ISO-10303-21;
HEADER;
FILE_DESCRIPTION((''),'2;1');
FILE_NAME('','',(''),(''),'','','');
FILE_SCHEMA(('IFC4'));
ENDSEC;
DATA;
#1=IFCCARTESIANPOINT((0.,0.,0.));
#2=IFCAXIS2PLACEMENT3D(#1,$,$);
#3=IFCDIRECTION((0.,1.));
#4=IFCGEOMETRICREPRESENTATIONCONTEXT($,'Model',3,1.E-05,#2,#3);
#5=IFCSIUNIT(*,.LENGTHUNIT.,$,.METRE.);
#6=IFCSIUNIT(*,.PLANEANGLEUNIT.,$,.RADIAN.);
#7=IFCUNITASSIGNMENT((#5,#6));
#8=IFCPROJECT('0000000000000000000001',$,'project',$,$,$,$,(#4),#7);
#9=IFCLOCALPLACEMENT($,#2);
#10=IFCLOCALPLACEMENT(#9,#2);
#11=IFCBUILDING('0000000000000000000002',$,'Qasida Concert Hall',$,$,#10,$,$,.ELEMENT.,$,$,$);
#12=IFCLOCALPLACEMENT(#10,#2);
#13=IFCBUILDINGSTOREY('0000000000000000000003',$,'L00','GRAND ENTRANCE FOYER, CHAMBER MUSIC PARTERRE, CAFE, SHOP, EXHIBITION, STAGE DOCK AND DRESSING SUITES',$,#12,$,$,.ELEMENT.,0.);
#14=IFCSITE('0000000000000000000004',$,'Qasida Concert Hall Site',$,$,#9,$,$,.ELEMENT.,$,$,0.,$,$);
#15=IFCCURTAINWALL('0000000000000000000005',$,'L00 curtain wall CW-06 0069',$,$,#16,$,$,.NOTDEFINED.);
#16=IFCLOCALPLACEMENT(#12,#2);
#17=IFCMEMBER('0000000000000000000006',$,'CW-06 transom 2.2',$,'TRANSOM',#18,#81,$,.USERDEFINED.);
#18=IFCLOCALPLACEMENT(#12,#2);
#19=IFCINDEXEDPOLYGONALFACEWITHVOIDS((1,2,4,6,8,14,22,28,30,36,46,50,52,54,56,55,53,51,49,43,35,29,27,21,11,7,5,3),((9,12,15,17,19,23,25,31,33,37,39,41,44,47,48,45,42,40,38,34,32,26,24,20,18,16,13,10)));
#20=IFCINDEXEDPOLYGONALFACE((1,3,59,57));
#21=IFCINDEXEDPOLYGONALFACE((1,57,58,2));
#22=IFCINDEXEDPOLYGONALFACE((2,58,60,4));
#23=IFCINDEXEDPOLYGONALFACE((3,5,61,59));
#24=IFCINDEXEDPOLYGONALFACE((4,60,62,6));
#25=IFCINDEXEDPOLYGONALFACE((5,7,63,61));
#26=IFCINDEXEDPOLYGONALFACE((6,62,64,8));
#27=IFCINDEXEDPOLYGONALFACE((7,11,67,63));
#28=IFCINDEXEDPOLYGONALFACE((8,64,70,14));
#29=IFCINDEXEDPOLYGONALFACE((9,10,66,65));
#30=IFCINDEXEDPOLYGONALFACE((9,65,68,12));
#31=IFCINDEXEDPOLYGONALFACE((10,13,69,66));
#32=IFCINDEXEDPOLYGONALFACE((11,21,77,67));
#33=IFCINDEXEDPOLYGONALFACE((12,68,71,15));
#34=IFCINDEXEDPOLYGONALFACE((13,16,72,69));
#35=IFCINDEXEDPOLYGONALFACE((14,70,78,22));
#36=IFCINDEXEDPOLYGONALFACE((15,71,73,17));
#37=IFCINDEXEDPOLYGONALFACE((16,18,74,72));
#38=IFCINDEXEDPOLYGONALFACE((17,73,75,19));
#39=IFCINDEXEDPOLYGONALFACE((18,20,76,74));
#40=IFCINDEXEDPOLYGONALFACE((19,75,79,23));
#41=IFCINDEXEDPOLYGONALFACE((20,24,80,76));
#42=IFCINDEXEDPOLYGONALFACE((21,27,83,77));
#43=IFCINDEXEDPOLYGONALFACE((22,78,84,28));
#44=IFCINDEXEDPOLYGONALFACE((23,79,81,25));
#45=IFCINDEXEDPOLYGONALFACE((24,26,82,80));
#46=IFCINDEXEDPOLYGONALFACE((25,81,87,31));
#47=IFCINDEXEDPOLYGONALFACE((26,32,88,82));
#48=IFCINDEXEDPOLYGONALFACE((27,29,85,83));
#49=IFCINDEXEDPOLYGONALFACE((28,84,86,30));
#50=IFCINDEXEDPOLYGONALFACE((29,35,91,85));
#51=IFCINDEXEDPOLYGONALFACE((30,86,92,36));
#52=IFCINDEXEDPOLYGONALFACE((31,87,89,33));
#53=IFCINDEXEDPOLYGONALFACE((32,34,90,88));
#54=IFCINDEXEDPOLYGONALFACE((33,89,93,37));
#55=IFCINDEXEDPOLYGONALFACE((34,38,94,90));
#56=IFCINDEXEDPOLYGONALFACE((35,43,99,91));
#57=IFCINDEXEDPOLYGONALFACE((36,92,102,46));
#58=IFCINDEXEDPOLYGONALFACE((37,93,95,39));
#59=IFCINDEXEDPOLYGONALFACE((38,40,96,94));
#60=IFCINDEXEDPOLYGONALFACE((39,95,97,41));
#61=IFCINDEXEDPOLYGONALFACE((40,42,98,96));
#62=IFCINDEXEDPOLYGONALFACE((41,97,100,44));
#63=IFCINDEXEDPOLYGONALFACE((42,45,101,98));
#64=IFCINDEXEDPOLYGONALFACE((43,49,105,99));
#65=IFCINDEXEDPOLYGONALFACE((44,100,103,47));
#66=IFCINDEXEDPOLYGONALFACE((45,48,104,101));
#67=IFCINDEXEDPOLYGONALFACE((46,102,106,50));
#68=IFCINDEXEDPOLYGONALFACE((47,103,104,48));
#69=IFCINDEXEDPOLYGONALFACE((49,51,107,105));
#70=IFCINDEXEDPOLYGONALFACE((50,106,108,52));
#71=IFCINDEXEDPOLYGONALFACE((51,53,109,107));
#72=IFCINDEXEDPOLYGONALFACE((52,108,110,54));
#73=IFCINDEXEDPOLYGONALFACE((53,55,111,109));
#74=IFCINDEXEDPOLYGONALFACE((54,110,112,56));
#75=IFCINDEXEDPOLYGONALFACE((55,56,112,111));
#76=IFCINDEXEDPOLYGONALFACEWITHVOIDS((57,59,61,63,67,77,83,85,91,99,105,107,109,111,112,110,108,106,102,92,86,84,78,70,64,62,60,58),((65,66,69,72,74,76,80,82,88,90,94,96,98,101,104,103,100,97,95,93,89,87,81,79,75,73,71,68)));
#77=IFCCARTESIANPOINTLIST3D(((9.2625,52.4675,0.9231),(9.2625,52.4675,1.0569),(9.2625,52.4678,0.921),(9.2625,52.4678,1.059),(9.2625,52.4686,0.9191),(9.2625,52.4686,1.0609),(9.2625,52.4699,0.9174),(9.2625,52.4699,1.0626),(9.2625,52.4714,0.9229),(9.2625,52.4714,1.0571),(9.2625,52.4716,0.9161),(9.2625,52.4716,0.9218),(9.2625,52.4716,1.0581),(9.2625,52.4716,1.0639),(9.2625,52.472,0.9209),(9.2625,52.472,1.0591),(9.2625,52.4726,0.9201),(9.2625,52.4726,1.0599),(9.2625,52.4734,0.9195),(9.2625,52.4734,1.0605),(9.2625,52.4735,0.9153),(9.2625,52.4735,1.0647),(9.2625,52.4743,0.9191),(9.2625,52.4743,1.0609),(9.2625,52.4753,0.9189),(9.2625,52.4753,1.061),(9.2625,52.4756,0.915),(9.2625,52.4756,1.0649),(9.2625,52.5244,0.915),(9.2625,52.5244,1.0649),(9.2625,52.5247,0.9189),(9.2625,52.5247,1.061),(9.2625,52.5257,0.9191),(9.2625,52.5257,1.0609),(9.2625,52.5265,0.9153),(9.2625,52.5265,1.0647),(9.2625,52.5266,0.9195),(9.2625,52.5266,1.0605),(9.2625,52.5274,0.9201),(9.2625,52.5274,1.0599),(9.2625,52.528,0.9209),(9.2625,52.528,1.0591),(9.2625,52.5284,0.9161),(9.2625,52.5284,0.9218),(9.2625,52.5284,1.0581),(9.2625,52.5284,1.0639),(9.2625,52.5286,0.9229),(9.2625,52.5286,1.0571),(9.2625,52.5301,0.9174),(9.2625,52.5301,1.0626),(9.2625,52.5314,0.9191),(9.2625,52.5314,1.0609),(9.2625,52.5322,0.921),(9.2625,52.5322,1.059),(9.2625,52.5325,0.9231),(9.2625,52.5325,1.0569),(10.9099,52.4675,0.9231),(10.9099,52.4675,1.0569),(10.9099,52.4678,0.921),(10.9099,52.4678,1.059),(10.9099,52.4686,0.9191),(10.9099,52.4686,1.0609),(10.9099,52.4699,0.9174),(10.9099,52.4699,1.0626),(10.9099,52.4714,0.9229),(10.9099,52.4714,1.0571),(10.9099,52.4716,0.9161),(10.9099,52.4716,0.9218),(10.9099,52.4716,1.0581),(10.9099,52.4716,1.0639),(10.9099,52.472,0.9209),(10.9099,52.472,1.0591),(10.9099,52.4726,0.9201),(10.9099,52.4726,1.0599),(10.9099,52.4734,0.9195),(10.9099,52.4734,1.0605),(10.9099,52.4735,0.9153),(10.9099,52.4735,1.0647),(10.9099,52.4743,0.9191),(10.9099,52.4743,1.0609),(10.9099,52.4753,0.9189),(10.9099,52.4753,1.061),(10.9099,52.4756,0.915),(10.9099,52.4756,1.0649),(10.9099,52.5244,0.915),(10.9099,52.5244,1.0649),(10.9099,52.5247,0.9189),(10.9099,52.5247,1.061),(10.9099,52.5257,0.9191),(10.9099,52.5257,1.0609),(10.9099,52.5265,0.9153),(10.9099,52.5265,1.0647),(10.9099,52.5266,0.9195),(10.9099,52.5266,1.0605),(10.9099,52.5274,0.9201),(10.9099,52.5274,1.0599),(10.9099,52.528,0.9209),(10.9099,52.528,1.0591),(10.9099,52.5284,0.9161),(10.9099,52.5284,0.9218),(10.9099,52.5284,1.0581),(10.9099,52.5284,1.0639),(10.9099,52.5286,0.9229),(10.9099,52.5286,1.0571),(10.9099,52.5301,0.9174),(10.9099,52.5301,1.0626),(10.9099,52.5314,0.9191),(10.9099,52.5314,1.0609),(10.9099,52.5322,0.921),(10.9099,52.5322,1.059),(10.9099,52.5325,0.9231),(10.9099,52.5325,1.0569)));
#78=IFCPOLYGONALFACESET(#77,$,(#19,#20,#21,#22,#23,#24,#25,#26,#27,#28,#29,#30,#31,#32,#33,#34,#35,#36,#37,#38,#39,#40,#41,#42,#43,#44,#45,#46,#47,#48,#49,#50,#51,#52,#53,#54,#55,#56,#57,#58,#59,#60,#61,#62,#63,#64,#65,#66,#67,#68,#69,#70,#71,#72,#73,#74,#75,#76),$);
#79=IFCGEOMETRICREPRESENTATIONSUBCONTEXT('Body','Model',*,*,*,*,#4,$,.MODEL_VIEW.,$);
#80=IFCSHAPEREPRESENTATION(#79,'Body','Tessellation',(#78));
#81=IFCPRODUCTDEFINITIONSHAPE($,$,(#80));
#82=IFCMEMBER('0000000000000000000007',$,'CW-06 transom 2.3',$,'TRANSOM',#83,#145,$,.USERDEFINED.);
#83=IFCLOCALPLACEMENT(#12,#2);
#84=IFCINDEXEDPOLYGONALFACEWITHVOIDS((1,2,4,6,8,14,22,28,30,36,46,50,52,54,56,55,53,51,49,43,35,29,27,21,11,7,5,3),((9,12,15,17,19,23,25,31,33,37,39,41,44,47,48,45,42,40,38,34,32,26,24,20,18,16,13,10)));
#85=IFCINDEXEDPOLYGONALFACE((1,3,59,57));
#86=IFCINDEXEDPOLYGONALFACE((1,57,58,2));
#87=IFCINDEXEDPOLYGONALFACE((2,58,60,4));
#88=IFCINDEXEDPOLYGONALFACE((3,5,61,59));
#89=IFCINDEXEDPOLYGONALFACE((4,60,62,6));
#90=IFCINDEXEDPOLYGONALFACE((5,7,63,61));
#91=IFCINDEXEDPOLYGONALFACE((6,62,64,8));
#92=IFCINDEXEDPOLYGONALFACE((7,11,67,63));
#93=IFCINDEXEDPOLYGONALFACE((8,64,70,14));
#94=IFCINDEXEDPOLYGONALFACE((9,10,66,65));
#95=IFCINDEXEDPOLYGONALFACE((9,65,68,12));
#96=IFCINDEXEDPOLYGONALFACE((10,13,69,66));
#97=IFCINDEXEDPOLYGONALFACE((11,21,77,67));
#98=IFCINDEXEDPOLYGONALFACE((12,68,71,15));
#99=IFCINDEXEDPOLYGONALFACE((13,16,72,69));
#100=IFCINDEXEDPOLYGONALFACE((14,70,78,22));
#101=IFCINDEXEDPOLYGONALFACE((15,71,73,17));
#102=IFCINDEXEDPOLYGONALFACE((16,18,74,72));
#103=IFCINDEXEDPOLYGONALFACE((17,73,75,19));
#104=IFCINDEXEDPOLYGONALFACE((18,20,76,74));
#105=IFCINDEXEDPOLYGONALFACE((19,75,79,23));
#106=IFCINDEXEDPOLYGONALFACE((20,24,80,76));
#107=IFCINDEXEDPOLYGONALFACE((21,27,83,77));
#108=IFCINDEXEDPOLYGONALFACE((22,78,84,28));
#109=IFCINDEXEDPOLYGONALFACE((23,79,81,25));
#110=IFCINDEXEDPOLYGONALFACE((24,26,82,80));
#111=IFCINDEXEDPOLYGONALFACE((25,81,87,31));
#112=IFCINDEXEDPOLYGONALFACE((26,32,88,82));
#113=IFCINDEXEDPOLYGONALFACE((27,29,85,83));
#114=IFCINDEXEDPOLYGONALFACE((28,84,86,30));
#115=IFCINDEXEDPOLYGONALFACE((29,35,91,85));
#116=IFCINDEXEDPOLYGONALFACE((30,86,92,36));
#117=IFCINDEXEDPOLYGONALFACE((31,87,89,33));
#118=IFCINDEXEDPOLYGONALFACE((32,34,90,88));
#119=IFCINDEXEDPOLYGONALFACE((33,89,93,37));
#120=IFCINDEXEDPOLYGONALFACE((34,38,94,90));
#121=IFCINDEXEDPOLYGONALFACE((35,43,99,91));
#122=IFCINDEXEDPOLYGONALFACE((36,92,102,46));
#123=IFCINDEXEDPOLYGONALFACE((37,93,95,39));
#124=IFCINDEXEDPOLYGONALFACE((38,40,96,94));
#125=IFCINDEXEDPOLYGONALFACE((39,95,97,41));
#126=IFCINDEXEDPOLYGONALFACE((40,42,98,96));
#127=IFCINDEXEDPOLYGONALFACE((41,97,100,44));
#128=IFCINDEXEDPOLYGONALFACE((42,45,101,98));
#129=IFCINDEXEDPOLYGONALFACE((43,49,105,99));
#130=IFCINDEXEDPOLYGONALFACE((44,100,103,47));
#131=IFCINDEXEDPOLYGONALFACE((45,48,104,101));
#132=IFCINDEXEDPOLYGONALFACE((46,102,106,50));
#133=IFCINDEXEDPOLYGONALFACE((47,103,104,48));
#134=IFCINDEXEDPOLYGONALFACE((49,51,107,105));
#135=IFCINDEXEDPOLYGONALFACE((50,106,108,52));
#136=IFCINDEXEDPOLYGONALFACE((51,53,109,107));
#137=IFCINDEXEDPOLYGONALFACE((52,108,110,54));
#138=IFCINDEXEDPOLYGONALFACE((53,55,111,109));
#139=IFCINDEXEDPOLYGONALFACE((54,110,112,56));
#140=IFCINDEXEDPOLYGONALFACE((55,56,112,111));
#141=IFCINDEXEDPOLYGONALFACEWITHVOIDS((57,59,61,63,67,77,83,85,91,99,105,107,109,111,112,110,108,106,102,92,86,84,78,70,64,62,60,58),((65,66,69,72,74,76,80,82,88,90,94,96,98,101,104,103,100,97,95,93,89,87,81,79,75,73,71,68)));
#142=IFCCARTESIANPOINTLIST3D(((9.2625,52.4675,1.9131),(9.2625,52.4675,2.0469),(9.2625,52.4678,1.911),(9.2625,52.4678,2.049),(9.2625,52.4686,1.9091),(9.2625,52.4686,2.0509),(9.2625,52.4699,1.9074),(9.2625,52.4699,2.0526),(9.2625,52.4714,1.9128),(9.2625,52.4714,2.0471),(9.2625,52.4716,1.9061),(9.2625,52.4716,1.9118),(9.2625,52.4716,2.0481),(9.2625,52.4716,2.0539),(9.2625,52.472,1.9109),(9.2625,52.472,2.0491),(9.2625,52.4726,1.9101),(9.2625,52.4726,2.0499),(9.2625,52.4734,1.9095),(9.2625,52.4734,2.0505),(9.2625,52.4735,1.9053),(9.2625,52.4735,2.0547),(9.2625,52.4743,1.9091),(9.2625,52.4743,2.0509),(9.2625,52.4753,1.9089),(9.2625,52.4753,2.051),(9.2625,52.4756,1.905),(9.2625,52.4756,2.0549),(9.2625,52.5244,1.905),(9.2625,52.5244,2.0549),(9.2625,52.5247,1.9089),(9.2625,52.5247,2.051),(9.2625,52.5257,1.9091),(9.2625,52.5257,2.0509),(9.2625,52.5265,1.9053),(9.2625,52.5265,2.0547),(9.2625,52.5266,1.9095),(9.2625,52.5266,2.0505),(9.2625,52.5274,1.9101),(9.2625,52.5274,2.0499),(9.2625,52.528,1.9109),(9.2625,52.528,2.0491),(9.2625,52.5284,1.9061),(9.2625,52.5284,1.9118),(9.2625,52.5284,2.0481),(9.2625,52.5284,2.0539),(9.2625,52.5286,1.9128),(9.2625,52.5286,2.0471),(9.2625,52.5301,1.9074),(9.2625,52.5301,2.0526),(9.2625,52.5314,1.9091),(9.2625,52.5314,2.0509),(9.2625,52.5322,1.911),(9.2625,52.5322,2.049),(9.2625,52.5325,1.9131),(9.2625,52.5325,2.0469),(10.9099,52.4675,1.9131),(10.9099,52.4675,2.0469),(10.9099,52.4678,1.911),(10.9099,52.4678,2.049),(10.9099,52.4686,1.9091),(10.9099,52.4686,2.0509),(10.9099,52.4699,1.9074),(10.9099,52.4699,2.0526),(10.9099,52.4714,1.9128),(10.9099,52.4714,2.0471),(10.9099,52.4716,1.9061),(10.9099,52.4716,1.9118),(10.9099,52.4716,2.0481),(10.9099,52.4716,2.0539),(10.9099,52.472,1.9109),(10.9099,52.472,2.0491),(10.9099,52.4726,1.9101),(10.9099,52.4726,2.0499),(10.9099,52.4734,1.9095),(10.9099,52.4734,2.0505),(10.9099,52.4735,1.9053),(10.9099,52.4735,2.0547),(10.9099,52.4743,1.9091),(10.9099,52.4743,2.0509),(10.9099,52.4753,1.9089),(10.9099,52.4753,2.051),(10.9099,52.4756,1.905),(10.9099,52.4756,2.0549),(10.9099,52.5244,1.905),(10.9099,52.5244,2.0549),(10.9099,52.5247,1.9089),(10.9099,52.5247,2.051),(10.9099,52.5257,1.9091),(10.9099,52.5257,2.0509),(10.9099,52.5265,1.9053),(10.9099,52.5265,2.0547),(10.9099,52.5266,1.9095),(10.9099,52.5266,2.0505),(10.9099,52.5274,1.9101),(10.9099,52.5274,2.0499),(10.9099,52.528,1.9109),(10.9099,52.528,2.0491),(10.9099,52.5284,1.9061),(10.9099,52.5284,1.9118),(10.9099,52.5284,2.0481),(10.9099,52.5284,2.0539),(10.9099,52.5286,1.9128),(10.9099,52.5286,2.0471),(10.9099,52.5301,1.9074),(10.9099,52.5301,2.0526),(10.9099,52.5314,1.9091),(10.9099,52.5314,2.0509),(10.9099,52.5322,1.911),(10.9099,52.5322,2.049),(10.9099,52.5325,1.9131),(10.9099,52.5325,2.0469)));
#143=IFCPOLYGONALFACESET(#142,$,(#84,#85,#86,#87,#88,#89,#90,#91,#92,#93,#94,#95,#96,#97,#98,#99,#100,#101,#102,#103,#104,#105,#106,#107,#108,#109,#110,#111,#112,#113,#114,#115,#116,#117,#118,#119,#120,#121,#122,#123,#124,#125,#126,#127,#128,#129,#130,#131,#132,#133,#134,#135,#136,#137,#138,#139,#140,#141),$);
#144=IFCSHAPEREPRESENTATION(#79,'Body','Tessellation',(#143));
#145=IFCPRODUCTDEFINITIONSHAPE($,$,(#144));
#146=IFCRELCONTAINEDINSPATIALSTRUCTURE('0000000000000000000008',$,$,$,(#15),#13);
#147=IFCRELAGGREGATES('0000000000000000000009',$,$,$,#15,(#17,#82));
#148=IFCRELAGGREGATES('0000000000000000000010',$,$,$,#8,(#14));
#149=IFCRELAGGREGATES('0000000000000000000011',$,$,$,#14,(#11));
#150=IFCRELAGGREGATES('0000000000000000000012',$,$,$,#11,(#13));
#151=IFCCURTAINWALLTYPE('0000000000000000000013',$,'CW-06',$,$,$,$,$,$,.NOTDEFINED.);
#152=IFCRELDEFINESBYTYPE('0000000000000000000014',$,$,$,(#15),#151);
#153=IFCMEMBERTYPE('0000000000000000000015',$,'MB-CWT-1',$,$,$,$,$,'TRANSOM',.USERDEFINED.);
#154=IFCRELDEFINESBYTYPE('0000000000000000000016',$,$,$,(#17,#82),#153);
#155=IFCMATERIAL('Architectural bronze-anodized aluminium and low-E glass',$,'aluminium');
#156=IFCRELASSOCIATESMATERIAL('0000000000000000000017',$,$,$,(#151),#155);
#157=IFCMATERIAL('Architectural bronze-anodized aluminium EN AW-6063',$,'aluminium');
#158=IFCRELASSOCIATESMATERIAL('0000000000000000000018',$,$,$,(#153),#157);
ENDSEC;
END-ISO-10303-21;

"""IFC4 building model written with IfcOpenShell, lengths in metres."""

from ifc_helpers import new_model, si_unit, direction, frame, origin, origin_2d, place, context, subcontext, project, spatial, hollow_rectangle, extrude, material, material_profile, profile_set, type_object, element, aggregate, save


model = new_model("IFC4")

# Units and contexts
model_context = context("Model", 3, precision=1e-05, world=origin(), true_north=direction((0.0, 1.0)))
body_context = subcontext(model_context, "Body", "Model", "MODEL_VIEW")
ifc_project = project(units=[si_unit("LENGTHUNIT", "METRE"), si_unit("PLANEANGLEUNIT", "RADIAN")], contexts=[model_context])

# Site, building, storey
site_placement = place(None, origin())
site = spatial("IfcSite", under=ifc_project, at=site_placement, Name="Qasida Concert Hall Site", CompositionType="ELEMENT", RefElevation=0.0)
building_placement = place(site_placement, origin())
building = spatial("IfcBuilding", under=site, at=building_placement, Name="Qasida Concert Hall", CompositionType="ELEMENT")
storey_placement = place(building_placement, origin())
storey = spatial("IfcBuildingStorey", under=building, at=storey_placement, Name="L00", Description="GRAND ENTRANCE FOYER, CHAMBER MUSIC PARTERRE, CAFE, SHOP, EXHIBITION, STAGE DOCK AND DRESSING SUITES", CompositionType="ELEMENT", Elevation=0.0)

# Curtain wall
ifc_material_1 = material(Name="Architectural bronze-anodized aluminium and low-E glass", Category="aluminium")
curtain_wall_type_1 = type_object("IfcCurtainWallType", Name="CW-06", PredefinedType="NOTDEFINED", material=ifc_material_1)
curtain_wall_1_placement = place(storey_placement, origin())
curtain_wall_1 = element("IfcCurtainWall", 1, at=curtain_wall_1_placement, inside=storey, type_object=curtain_wall_type_1, Name="L00 curtain wall CW-06 0069", PredefinedType="NOTDEFINED")
ifc_material_2 = material(Name="Architectural bronze-anodized aluminium EN AW-6063", Category="aluminium")

# Members
ifc_material_profile_1 = material_profile(ifc_material_2, hollow_rectangle(XDim=0.0649, YDim=0.1499, WallThickness=0.0039, InnerFilletRadius=0.0039, OuterFilletRadius=0.0081, at=origin_2d()), Name="CWT 150x65x4")
ifc_profile_set_1 = profile_set([ifc_material_profile_1], Name="Architectural bronze-anodized aluminium EN AW-6063")
member_type_1 = type_object("IfcMemberType", Name="MB-CWT-1", ElementType="TRANSOM", PredefinedType="USERDEFINED", material=ifc_profile_set_1)
member_1_placement = place(storey_placement, frame((9.2625, 52.5, 0.99), z_axis=(1.0, 0.0, 0.0), x_axis=(0.0, 1.0, 0.0)))
member_1 = element("IfcMember", 2, at=member_1_placement, type_object=member_type_1, Name="CW-06 transom 2.2", ObjectType="TRANSOM", PredefinedType="USERDEFINED", context=body_context, shape_type="SweptSolid", body=[
    extrude(hollow_rectangle(XDim=0.0649, YDim=0.1499, WallThickness=0.0039, InnerFilletRadius=0.0039, OuterFilletRadius=0.0081, at=origin_2d()), origin(), (0.0, 0.0, 1.0), 1.6475),
])
member_2_placement = place(storey_placement, frame((9.2625, 52.5, 1.98), z_axis=(1.0, 0.0, 0.0), x_axis=(0.0, 1.0, 0.0)))
member_2 = element("IfcMember", 3, at=member_2_placement, type_object=member_type_1, Name="CW-06 transom 2.3", ObjectType="TRANSOM", PredefinedType="USERDEFINED", context=body_context, shape_type="SweptSolid", body=[
    extrude(hollow_rectangle(XDim=0.0649, YDim=0.1499, WallThickness=0.0039, InnerFilletRadius=0.0039, OuterFilletRadius=0.0081, at=origin_2d()), origin(), (0.0, 0.0, 1.0), 1.6475),
])

aggregate(curtain_wall_1, [member_1, member_2])

save(model, "model.ifc")
